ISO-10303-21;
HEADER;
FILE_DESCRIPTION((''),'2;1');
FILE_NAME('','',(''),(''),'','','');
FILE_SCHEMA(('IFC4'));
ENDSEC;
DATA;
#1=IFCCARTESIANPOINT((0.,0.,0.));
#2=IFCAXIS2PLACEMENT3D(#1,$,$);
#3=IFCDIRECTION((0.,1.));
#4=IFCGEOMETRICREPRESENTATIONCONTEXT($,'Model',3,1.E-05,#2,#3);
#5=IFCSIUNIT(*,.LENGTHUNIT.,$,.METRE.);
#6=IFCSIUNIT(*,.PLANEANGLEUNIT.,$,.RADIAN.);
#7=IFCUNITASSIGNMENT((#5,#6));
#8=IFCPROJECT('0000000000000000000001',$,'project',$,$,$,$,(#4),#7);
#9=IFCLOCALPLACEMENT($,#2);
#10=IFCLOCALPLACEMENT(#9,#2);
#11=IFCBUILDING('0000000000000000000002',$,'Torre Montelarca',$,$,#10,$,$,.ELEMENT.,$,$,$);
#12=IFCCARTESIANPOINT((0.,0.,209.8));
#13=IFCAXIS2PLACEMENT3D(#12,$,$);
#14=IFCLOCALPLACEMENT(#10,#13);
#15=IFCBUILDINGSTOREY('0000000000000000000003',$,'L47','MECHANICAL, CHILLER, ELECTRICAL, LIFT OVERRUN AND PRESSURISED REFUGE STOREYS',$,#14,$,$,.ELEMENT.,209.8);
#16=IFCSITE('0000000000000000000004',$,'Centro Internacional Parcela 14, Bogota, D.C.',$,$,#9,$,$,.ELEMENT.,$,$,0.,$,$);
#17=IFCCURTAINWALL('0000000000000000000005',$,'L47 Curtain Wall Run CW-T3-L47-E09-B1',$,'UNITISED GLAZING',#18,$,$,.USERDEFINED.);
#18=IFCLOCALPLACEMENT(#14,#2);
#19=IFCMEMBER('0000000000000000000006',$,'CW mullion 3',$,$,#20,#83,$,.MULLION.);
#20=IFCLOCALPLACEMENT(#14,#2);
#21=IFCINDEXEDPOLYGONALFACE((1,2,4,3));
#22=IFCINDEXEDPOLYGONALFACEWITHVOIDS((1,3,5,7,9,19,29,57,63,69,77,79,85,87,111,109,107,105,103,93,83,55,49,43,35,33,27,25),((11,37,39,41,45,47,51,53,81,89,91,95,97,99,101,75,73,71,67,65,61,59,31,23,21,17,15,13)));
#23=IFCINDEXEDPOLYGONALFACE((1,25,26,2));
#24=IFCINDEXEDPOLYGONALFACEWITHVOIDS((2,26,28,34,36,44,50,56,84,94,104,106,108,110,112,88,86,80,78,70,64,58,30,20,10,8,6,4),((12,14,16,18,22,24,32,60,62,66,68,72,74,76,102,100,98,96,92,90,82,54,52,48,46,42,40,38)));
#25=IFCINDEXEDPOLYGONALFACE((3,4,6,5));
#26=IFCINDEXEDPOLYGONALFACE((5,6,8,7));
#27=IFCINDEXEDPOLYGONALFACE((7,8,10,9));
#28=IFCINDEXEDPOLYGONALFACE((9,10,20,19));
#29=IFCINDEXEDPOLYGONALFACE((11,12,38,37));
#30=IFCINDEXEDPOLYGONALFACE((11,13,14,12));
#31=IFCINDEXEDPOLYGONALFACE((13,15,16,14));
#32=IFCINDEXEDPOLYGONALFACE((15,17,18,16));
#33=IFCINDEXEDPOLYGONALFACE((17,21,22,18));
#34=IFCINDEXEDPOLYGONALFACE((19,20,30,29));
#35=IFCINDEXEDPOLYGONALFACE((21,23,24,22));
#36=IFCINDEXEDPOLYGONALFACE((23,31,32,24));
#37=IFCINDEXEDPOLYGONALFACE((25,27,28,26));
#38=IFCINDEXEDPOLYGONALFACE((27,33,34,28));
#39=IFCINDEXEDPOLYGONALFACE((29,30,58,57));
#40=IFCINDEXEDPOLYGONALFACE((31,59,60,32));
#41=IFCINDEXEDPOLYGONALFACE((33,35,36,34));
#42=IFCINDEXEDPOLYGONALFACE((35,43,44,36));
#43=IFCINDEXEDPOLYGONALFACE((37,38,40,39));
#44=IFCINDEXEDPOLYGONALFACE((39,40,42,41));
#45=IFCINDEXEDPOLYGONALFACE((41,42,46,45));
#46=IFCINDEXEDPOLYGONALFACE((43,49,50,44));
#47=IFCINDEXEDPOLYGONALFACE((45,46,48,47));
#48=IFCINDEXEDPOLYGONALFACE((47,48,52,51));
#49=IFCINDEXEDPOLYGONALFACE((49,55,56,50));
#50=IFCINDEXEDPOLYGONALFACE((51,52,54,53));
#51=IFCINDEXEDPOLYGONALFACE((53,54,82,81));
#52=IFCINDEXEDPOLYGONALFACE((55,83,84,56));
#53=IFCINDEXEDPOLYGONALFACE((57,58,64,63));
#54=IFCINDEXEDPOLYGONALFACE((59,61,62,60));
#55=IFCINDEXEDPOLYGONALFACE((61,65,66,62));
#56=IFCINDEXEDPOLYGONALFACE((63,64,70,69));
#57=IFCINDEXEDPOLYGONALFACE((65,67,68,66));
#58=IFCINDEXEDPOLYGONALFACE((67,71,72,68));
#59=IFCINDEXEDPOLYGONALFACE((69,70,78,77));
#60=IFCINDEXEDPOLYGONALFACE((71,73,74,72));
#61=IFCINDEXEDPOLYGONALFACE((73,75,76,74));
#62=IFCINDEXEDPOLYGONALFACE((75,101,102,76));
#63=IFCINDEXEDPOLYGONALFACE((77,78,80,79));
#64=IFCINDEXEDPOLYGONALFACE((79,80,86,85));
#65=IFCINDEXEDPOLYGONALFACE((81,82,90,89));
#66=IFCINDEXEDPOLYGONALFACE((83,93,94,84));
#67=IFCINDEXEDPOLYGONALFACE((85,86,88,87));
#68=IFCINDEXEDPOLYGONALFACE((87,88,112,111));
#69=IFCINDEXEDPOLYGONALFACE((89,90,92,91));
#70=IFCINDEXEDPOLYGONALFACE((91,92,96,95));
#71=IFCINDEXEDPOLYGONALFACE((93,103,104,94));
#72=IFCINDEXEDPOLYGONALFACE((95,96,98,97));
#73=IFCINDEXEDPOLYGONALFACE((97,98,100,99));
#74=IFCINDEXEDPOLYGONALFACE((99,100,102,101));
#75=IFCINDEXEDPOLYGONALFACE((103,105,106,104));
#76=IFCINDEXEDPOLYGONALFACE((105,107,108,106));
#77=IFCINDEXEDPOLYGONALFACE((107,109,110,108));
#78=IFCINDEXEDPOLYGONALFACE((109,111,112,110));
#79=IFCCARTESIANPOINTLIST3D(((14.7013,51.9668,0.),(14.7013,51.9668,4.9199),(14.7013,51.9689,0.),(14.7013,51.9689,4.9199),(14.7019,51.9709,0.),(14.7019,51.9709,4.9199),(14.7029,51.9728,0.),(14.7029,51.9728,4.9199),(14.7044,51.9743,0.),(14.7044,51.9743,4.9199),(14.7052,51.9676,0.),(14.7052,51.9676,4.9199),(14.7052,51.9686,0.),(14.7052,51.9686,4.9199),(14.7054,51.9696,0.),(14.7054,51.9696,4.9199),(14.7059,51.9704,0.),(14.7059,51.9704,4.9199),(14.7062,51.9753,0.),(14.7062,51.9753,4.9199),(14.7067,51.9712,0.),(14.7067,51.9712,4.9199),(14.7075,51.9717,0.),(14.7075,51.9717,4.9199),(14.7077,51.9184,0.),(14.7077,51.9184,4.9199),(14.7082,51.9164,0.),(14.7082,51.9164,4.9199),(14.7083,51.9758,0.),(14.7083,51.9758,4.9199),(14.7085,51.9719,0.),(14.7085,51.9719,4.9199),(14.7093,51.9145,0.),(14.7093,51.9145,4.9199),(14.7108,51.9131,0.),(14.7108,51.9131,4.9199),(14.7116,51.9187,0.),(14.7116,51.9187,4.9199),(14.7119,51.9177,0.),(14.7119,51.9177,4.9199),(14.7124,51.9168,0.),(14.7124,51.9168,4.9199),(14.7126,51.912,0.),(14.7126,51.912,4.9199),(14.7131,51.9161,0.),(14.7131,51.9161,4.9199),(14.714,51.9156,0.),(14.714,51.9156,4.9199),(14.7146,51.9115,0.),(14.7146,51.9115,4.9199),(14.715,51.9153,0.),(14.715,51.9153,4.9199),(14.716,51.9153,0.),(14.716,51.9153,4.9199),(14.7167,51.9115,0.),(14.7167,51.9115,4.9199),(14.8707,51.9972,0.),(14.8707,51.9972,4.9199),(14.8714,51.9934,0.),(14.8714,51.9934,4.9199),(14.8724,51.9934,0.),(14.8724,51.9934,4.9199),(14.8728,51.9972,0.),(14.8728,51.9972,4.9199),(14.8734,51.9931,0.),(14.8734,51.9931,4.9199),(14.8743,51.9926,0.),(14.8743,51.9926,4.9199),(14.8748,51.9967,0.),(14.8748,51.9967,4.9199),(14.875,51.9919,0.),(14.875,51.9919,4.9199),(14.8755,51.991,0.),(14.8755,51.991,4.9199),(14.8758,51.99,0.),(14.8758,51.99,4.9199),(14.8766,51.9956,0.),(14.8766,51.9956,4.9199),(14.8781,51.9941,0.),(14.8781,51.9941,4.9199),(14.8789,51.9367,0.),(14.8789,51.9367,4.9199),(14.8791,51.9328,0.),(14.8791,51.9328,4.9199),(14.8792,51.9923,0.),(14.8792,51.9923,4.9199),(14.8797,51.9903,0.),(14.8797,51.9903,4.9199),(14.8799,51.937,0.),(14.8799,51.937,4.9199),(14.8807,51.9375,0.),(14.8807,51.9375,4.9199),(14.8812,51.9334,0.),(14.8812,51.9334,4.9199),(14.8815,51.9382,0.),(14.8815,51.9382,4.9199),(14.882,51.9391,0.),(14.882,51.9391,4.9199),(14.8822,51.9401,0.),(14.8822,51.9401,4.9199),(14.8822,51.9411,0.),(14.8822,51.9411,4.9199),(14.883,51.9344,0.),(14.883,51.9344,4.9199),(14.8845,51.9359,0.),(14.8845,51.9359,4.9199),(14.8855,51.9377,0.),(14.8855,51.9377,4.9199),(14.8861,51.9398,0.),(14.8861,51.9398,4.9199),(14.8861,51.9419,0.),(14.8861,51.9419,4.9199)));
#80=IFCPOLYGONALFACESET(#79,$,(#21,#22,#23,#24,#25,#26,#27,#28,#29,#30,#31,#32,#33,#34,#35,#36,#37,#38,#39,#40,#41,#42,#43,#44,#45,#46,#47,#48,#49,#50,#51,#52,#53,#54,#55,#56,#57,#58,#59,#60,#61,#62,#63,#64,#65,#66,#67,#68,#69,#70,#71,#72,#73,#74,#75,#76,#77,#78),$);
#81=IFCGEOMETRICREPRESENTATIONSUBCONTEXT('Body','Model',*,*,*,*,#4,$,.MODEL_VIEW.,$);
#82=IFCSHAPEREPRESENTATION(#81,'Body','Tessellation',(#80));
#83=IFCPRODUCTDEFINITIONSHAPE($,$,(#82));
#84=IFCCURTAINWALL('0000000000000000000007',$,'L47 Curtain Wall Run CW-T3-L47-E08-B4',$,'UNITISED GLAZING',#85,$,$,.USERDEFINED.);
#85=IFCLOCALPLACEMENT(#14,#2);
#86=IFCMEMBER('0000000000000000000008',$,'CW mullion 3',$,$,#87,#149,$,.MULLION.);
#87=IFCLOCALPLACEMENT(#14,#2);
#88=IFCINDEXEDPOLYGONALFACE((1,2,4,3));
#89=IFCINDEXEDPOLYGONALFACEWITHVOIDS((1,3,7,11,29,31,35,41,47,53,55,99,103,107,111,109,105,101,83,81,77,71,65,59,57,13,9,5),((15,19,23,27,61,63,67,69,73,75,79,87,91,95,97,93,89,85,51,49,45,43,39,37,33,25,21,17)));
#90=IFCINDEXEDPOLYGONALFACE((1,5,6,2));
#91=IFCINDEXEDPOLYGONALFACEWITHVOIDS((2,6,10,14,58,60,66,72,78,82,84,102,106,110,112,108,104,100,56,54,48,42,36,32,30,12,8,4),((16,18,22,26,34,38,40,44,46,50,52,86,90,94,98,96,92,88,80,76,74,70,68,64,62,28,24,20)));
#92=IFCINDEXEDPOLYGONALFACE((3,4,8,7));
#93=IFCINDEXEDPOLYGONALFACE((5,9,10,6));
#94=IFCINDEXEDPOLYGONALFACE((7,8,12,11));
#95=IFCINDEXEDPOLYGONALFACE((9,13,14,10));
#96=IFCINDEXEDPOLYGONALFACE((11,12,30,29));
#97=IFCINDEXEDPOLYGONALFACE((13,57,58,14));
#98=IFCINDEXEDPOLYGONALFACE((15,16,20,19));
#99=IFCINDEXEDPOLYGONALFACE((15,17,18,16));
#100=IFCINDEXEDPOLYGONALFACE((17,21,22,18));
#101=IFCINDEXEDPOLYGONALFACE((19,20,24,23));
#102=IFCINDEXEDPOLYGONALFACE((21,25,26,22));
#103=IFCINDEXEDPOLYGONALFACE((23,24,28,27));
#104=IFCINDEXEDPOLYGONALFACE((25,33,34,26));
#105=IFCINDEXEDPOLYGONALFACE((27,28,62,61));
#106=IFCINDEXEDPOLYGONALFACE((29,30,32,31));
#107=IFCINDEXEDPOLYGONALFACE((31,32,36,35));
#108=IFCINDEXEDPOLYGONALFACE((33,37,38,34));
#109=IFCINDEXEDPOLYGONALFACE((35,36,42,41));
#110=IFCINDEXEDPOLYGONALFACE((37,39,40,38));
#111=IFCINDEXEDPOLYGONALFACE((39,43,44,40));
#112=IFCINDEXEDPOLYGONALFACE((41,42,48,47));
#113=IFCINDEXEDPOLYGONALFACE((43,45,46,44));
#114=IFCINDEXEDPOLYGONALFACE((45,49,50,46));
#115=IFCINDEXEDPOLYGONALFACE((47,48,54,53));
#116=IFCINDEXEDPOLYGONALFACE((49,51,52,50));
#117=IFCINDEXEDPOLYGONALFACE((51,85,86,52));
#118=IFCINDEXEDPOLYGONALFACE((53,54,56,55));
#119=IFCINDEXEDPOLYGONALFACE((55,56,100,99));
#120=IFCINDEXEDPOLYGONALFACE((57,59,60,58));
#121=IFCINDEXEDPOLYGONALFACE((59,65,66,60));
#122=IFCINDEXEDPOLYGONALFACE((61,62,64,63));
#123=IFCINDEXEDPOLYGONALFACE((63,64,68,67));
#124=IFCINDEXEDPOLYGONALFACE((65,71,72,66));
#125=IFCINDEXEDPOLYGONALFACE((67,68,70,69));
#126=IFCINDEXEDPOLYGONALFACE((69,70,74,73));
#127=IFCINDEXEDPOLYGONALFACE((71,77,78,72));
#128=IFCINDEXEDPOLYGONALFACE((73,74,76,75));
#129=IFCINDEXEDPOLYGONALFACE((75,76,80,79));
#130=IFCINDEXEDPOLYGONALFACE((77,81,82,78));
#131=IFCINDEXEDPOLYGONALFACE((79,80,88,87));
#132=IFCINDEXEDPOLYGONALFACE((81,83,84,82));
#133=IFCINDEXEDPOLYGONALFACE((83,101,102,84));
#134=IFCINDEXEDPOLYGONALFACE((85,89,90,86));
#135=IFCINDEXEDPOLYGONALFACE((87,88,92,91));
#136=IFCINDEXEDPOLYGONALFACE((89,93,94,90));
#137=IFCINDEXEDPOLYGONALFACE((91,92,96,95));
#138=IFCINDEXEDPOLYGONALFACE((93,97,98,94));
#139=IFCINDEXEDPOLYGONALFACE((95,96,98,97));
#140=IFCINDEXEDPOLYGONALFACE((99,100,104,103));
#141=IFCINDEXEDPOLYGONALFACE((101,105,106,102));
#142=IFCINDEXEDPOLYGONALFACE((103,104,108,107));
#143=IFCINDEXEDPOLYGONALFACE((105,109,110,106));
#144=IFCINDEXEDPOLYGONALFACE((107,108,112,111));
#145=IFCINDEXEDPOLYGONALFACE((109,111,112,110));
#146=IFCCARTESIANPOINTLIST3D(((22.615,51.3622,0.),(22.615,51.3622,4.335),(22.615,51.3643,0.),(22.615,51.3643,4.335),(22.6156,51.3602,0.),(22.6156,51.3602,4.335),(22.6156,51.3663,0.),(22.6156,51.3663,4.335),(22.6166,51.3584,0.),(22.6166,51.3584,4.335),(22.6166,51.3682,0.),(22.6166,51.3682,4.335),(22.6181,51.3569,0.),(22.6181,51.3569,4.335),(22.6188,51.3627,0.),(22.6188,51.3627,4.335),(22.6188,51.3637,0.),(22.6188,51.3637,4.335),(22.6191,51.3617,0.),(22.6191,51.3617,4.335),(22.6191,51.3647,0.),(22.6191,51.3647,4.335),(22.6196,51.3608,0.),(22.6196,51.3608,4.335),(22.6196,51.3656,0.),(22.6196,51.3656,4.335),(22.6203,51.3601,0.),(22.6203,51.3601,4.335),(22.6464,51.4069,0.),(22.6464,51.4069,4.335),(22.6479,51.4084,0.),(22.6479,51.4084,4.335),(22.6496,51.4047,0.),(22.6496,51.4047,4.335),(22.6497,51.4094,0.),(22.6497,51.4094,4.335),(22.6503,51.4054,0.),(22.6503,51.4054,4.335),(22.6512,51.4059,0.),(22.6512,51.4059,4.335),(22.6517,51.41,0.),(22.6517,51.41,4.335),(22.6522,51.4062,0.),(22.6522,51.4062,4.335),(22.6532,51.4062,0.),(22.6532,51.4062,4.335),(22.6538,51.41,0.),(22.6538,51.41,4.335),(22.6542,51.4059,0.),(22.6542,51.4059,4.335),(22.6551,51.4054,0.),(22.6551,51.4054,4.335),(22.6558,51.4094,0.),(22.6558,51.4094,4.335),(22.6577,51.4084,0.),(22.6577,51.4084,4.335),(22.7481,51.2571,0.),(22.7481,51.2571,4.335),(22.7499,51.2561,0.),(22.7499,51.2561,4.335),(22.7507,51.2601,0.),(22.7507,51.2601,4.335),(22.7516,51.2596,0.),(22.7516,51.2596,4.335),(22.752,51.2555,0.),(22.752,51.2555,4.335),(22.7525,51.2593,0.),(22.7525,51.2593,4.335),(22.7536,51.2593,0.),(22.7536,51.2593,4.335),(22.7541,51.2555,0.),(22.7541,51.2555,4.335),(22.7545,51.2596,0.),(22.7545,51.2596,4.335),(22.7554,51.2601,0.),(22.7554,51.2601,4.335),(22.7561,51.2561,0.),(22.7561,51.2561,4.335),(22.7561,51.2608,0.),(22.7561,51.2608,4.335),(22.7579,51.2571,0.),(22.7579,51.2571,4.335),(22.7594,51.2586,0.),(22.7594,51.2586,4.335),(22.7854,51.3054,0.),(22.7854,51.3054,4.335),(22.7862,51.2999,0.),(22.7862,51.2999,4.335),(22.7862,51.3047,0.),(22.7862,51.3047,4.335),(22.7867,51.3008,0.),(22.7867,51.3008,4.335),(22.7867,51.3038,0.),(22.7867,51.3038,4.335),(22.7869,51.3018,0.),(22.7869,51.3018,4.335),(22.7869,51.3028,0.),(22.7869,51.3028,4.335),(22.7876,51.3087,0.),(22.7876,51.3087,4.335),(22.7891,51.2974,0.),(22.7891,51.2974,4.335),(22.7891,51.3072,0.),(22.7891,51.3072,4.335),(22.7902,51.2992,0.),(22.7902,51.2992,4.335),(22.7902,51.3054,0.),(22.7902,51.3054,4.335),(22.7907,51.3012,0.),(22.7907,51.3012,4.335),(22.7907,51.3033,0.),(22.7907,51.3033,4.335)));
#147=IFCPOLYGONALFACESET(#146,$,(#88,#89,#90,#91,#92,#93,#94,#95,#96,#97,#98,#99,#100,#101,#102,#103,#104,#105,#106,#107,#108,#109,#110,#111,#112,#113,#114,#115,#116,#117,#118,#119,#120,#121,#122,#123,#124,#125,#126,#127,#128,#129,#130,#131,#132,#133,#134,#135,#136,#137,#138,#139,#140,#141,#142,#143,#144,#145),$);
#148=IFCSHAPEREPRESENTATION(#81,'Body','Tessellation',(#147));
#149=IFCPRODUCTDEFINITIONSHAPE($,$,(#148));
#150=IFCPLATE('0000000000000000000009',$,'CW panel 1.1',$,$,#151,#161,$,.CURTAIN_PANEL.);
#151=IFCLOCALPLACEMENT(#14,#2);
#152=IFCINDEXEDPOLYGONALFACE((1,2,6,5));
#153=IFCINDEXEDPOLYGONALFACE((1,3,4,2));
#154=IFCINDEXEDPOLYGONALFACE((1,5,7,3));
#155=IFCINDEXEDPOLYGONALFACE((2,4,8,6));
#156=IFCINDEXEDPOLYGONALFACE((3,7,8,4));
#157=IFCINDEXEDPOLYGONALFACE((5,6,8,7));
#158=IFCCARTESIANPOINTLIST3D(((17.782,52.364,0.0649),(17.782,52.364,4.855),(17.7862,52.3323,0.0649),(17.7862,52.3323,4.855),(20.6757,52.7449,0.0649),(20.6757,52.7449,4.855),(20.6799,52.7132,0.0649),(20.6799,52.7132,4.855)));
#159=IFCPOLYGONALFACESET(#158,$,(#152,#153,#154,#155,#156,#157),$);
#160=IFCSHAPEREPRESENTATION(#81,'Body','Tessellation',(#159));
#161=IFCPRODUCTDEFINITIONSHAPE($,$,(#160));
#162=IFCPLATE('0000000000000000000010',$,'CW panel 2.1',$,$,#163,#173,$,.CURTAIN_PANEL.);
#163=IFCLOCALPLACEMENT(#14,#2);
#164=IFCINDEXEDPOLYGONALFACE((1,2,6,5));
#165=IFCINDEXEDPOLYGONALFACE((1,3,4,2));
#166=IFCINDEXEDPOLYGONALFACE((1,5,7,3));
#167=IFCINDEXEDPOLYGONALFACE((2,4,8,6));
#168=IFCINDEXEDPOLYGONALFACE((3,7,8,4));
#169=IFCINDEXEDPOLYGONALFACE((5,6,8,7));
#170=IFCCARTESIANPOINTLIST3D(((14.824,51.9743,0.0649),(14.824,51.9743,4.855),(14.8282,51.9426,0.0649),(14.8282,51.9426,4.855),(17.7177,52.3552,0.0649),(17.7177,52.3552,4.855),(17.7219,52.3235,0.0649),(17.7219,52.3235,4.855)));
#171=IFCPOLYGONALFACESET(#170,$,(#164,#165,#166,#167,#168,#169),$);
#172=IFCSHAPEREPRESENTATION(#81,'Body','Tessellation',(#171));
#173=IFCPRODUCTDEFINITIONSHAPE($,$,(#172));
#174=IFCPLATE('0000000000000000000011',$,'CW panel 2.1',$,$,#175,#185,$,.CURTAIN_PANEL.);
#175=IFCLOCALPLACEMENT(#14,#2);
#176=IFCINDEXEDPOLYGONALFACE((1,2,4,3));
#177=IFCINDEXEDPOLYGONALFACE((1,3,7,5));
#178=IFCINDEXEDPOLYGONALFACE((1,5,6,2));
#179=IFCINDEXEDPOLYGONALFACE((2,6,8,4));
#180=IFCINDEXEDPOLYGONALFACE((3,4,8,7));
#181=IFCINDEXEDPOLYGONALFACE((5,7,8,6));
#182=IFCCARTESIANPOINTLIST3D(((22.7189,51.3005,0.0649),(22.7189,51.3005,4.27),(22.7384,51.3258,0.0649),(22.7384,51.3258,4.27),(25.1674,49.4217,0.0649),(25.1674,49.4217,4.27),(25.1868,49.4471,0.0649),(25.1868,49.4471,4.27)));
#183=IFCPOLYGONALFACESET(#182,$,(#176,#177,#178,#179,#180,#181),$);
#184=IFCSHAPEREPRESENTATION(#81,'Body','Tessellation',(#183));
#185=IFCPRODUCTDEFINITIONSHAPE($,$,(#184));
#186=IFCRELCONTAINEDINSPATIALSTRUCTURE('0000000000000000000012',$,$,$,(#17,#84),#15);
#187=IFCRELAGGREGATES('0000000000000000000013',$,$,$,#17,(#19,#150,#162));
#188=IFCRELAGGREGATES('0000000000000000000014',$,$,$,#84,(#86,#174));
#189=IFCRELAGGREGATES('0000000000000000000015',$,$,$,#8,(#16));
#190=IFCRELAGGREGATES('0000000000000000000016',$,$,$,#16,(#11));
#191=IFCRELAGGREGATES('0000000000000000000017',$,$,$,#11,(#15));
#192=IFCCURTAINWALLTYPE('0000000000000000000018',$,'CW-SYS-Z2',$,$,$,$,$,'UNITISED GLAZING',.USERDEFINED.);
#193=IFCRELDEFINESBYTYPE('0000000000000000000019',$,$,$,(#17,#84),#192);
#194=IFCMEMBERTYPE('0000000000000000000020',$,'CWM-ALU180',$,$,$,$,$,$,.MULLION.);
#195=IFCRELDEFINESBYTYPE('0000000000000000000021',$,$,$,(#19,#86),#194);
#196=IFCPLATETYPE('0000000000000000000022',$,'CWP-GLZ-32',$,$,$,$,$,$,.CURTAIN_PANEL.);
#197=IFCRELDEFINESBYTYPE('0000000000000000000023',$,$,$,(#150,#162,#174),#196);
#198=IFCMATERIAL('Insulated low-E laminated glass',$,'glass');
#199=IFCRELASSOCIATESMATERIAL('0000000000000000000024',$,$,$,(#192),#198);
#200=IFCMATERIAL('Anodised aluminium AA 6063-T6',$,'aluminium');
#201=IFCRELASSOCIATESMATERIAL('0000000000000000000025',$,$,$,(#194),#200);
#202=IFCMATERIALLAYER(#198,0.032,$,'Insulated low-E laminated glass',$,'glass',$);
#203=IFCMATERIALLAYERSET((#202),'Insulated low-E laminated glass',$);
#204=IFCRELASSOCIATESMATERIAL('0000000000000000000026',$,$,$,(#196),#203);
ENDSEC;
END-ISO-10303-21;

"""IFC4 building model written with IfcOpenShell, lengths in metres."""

from ifc_helpers import new_model, si_unit, direction, frame, origin, origin_2d, place, context, subcontext, project, spatial, rectangle, hollow_rectangle, extrude, source, transform, mapped, material, layer, layer_set, material_profile, profile_set, type_object, element, aggregate, save


model = new_model("IFC4")

# Units and contexts
model_context = context("Model", 3, precision=1e-05, world=origin(), true_north=direction((0.0, 1.0)))
body_context = subcontext(model_context, "Body", "Model", "MODEL_VIEW")
ifc_project = project(units=[si_unit("LENGTHUNIT", "METRE"), si_unit("PLANEANGLEUNIT", "RADIAN")], contexts=[model_context])

# Site, building, storey
site_placement = place(None, origin())
site = spatial("IfcSite", under=ifc_project, at=site_placement, Name="Centro Internacional Parcela 14, Bogota, D.C.", CompositionType="ELEMENT", RefElevation=0.0)
building_placement = place(site_placement, origin())
building = spatial("IfcBuilding", under=site, at=building_placement, Name="Torre Montelarca", CompositionType="ELEMENT")
storey_placement = place(building_placement, frame((0.0, 0.0, 209.8)))
storey = spatial("IfcBuildingStorey", under=building, at=storey_placement, Name="L47", Description="MECHANICAL, CHILLER, ELECTRICAL, LIFT OVERRUN AND PRESSURISED REFUGE STOREYS", CompositionType="ELEMENT", Elevation=209.8)

# Curtain wall, member
ifc_material_1 = material(Name="Insulated low-E laminated glass", Category="glass")
curtain_wall_type = type_object("IfcCurtainWallType", Name="CW-SYS-Z2", ElementType="UNITISED GLAZING", PredefinedType="USERDEFINED", material=ifc_material_1)
curtain_wall_1_placement = place(storey_placement, origin())
curtain_wall_1 = element("IfcCurtainWall", 1, at=curtain_wall_1_placement, inside=storey, type_object=curtain_wall_type, Name="L47 Curtain Wall Run CW-T3-L47-E09-B1", ObjectType="UNITISED GLAZING", PredefinedType="USERDEFINED")
ifc_material_2 = material(Name="Anodised aluminium AA 6063-T6", Category="aluminium")
ifc_material_profile_1 = material_profile(ifc_material_2, hollow_rectangle(XDim=0.0649, YDim=0.1799, WallThickness=0.0039, InnerFilletRadius=0.0039, OuterFilletRadius=0.0081, at=origin_2d()), Name="ALU65X180X4", Category="aluminium")
ifc_profile_set_1 = profile_set([ifc_material_profile_1], Name="Anodised aluminium AA 6063-T6")
member_type_1 = type_object("IfcMemberType", Name="CWM-ALU180", PredefinedType="MULLION", material=ifc_profile_set_1)
shared_shape_1 = source(origin(), body_context, "Body", "SweptSolid", [
    extrude(hollow_rectangle(XDim=0.0649, YDim=0.1799, WallThickness=0.0039, InnerFilletRadius=0.0039, OuterFilletRadius=0.0081, at=origin_2d()), origin(), (0.0, 0.0, 1.0), 4.9199),
])
member_1_placement = place(storey_placement, frame((14.7937, 51.9543, 0.0), z_axis=(0.0, 0.0, 1.0), x_axis=(0.130514, -0.991446, 0.0)))
member_1 = element("IfcMember", 2, at=member_1_placement, type_object=member_type_1, Name="CW mullion 3", PredefinedType="MULLION", context=body_context, shape_type="MappedRepresentation", body=[
    mapped(shared_shape_1, transform((0.0, 0.0, 0.0), scale=1.0)),
])

# Curtain wall, member
curtain_wall_2_placement = place(storey_placement, origin())
curtain_wall_2 = element("IfcCurtainWall", 3, at=curtain_wall_2_placement, inside=storey, type_object=curtain_wall_type, Name="L47 Curtain Wall Run CW-T3-L47-E08-B4", ObjectType="UNITISED GLAZING", PredefinedType="USERDEFINED")
shared_shape_2 = source(origin(), body_context, "Body", "SweptSolid", [
    extrude(hollow_rectangle(XDim=0.0649, YDim=0.1799, WallThickness=0.0039, InnerFilletRadius=0.0039, OuterFilletRadius=0.0081, at=origin_2d()), origin(), (0.0, 0.0, 1.0), 4.335),
])
member_2_placement = place(storey_placement, frame((22.7029, 51.3328, 0.0), z_axis=(0.0, 0.0, 1.0), x_axis=(-0.608756, -0.793357, 0.0)))
member_2 = element("IfcMember", 4, at=member_2_placement, type_object=member_type_1, Name="CW mullion 3", PredefinedType="MULLION", context=body_context, shape_type="MappedRepresentation", body=[
    mapped(shared_shape_2, transform((0.0, 0.0, 0.0), scale=1.0)),
])

# Plates
ifc_layer_1 = layer(ifc_material_1, 0.032, Name="Insulated low-E laminated glass", Category="glass")
ifc_layer_set_1 = layer_set([ifc_layer_1], Name="Insulated low-E laminated glass")
plate_type = type_object("IfcPlateType", Name="CWP-GLZ-32", PredefinedType="CURTAIN_PANEL", material=ifc_layer_set_1)
shared_shape_3 = source(origin(), body_context, "Body", "SweptSolid", [
    extrude(rectangle(XDim=2.9187, YDim=0.032, at=origin_2d()), origin(), (0.0, 0.0, 1.0), 4.79),
])
plate_1_placement = place(storey_placement, frame((19.231, 52.5386, 0.0649), z_axis=(0.0, 0.0, 1.0), x_axis=(-0.991446, -0.130514, 0.0)))
plate_1 = element("IfcPlate", 5, at=plate_1_placement, type_object=plate_type, Name="CW panel 1.1", PredefinedType="CURTAIN_PANEL", context=body_context, shape_type="MappedRepresentation", body=[
    mapped(shared_shape_3, transform((0.0, 0.0, 0.0), scale=1.0)),
])
plate_2_placement = place(storey_placement, frame((16.2729, 52.1489, 0.0649), z_axis=(0.0, 0.0, 1.0), x_axis=(-0.991446, -0.130514, 0.0)))
plate_2 = element("IfcPlate", 6, at=plate_2_placement, type_object=plate_type, Name="CW panel 2.1", PredefinedType="CURTAIN_PANEL", context=body_context, shape_type="MappedRepresentation", body=[
    mapped(shared_shape_3, transform((0.0, 0.0, 0.0), scale=1.0)),
])
aggregate(curtain_wall_1, [member_1, plate_1, plate_2])
shared_shape_4 = source(origin(), body_context, "Body", "SweptSolid", [
    extrude(rectangle(XDim=3.0862, YDim=0.032, at=origin_2d()), origin(), (0.0, 0.0, 1.0), 4.2051),
])
plate_3_placement = place(storey_placement, frame((23.9529, 50.3738, 0.0649), z_axis=(0.0, 0.0, 1.0), x_axis=(-0.793357, 0.608756, 0.0)))
plate_3 = element("IfcPlate", 7, at=plate_3_placement, type_object=plate_type, Name="CW panel 2.1", PredefinedType="CURTAIN_PANEL", context=body_context, shape_type="MappedRepresentation", body=[
    mapped(shared_shape_4, transform((0.0, 0.0, 0.0), scale=1.0)),
])
aggregate(curtain_wall_2, [member_2, plate_3])

save(model, "model.ifc")
